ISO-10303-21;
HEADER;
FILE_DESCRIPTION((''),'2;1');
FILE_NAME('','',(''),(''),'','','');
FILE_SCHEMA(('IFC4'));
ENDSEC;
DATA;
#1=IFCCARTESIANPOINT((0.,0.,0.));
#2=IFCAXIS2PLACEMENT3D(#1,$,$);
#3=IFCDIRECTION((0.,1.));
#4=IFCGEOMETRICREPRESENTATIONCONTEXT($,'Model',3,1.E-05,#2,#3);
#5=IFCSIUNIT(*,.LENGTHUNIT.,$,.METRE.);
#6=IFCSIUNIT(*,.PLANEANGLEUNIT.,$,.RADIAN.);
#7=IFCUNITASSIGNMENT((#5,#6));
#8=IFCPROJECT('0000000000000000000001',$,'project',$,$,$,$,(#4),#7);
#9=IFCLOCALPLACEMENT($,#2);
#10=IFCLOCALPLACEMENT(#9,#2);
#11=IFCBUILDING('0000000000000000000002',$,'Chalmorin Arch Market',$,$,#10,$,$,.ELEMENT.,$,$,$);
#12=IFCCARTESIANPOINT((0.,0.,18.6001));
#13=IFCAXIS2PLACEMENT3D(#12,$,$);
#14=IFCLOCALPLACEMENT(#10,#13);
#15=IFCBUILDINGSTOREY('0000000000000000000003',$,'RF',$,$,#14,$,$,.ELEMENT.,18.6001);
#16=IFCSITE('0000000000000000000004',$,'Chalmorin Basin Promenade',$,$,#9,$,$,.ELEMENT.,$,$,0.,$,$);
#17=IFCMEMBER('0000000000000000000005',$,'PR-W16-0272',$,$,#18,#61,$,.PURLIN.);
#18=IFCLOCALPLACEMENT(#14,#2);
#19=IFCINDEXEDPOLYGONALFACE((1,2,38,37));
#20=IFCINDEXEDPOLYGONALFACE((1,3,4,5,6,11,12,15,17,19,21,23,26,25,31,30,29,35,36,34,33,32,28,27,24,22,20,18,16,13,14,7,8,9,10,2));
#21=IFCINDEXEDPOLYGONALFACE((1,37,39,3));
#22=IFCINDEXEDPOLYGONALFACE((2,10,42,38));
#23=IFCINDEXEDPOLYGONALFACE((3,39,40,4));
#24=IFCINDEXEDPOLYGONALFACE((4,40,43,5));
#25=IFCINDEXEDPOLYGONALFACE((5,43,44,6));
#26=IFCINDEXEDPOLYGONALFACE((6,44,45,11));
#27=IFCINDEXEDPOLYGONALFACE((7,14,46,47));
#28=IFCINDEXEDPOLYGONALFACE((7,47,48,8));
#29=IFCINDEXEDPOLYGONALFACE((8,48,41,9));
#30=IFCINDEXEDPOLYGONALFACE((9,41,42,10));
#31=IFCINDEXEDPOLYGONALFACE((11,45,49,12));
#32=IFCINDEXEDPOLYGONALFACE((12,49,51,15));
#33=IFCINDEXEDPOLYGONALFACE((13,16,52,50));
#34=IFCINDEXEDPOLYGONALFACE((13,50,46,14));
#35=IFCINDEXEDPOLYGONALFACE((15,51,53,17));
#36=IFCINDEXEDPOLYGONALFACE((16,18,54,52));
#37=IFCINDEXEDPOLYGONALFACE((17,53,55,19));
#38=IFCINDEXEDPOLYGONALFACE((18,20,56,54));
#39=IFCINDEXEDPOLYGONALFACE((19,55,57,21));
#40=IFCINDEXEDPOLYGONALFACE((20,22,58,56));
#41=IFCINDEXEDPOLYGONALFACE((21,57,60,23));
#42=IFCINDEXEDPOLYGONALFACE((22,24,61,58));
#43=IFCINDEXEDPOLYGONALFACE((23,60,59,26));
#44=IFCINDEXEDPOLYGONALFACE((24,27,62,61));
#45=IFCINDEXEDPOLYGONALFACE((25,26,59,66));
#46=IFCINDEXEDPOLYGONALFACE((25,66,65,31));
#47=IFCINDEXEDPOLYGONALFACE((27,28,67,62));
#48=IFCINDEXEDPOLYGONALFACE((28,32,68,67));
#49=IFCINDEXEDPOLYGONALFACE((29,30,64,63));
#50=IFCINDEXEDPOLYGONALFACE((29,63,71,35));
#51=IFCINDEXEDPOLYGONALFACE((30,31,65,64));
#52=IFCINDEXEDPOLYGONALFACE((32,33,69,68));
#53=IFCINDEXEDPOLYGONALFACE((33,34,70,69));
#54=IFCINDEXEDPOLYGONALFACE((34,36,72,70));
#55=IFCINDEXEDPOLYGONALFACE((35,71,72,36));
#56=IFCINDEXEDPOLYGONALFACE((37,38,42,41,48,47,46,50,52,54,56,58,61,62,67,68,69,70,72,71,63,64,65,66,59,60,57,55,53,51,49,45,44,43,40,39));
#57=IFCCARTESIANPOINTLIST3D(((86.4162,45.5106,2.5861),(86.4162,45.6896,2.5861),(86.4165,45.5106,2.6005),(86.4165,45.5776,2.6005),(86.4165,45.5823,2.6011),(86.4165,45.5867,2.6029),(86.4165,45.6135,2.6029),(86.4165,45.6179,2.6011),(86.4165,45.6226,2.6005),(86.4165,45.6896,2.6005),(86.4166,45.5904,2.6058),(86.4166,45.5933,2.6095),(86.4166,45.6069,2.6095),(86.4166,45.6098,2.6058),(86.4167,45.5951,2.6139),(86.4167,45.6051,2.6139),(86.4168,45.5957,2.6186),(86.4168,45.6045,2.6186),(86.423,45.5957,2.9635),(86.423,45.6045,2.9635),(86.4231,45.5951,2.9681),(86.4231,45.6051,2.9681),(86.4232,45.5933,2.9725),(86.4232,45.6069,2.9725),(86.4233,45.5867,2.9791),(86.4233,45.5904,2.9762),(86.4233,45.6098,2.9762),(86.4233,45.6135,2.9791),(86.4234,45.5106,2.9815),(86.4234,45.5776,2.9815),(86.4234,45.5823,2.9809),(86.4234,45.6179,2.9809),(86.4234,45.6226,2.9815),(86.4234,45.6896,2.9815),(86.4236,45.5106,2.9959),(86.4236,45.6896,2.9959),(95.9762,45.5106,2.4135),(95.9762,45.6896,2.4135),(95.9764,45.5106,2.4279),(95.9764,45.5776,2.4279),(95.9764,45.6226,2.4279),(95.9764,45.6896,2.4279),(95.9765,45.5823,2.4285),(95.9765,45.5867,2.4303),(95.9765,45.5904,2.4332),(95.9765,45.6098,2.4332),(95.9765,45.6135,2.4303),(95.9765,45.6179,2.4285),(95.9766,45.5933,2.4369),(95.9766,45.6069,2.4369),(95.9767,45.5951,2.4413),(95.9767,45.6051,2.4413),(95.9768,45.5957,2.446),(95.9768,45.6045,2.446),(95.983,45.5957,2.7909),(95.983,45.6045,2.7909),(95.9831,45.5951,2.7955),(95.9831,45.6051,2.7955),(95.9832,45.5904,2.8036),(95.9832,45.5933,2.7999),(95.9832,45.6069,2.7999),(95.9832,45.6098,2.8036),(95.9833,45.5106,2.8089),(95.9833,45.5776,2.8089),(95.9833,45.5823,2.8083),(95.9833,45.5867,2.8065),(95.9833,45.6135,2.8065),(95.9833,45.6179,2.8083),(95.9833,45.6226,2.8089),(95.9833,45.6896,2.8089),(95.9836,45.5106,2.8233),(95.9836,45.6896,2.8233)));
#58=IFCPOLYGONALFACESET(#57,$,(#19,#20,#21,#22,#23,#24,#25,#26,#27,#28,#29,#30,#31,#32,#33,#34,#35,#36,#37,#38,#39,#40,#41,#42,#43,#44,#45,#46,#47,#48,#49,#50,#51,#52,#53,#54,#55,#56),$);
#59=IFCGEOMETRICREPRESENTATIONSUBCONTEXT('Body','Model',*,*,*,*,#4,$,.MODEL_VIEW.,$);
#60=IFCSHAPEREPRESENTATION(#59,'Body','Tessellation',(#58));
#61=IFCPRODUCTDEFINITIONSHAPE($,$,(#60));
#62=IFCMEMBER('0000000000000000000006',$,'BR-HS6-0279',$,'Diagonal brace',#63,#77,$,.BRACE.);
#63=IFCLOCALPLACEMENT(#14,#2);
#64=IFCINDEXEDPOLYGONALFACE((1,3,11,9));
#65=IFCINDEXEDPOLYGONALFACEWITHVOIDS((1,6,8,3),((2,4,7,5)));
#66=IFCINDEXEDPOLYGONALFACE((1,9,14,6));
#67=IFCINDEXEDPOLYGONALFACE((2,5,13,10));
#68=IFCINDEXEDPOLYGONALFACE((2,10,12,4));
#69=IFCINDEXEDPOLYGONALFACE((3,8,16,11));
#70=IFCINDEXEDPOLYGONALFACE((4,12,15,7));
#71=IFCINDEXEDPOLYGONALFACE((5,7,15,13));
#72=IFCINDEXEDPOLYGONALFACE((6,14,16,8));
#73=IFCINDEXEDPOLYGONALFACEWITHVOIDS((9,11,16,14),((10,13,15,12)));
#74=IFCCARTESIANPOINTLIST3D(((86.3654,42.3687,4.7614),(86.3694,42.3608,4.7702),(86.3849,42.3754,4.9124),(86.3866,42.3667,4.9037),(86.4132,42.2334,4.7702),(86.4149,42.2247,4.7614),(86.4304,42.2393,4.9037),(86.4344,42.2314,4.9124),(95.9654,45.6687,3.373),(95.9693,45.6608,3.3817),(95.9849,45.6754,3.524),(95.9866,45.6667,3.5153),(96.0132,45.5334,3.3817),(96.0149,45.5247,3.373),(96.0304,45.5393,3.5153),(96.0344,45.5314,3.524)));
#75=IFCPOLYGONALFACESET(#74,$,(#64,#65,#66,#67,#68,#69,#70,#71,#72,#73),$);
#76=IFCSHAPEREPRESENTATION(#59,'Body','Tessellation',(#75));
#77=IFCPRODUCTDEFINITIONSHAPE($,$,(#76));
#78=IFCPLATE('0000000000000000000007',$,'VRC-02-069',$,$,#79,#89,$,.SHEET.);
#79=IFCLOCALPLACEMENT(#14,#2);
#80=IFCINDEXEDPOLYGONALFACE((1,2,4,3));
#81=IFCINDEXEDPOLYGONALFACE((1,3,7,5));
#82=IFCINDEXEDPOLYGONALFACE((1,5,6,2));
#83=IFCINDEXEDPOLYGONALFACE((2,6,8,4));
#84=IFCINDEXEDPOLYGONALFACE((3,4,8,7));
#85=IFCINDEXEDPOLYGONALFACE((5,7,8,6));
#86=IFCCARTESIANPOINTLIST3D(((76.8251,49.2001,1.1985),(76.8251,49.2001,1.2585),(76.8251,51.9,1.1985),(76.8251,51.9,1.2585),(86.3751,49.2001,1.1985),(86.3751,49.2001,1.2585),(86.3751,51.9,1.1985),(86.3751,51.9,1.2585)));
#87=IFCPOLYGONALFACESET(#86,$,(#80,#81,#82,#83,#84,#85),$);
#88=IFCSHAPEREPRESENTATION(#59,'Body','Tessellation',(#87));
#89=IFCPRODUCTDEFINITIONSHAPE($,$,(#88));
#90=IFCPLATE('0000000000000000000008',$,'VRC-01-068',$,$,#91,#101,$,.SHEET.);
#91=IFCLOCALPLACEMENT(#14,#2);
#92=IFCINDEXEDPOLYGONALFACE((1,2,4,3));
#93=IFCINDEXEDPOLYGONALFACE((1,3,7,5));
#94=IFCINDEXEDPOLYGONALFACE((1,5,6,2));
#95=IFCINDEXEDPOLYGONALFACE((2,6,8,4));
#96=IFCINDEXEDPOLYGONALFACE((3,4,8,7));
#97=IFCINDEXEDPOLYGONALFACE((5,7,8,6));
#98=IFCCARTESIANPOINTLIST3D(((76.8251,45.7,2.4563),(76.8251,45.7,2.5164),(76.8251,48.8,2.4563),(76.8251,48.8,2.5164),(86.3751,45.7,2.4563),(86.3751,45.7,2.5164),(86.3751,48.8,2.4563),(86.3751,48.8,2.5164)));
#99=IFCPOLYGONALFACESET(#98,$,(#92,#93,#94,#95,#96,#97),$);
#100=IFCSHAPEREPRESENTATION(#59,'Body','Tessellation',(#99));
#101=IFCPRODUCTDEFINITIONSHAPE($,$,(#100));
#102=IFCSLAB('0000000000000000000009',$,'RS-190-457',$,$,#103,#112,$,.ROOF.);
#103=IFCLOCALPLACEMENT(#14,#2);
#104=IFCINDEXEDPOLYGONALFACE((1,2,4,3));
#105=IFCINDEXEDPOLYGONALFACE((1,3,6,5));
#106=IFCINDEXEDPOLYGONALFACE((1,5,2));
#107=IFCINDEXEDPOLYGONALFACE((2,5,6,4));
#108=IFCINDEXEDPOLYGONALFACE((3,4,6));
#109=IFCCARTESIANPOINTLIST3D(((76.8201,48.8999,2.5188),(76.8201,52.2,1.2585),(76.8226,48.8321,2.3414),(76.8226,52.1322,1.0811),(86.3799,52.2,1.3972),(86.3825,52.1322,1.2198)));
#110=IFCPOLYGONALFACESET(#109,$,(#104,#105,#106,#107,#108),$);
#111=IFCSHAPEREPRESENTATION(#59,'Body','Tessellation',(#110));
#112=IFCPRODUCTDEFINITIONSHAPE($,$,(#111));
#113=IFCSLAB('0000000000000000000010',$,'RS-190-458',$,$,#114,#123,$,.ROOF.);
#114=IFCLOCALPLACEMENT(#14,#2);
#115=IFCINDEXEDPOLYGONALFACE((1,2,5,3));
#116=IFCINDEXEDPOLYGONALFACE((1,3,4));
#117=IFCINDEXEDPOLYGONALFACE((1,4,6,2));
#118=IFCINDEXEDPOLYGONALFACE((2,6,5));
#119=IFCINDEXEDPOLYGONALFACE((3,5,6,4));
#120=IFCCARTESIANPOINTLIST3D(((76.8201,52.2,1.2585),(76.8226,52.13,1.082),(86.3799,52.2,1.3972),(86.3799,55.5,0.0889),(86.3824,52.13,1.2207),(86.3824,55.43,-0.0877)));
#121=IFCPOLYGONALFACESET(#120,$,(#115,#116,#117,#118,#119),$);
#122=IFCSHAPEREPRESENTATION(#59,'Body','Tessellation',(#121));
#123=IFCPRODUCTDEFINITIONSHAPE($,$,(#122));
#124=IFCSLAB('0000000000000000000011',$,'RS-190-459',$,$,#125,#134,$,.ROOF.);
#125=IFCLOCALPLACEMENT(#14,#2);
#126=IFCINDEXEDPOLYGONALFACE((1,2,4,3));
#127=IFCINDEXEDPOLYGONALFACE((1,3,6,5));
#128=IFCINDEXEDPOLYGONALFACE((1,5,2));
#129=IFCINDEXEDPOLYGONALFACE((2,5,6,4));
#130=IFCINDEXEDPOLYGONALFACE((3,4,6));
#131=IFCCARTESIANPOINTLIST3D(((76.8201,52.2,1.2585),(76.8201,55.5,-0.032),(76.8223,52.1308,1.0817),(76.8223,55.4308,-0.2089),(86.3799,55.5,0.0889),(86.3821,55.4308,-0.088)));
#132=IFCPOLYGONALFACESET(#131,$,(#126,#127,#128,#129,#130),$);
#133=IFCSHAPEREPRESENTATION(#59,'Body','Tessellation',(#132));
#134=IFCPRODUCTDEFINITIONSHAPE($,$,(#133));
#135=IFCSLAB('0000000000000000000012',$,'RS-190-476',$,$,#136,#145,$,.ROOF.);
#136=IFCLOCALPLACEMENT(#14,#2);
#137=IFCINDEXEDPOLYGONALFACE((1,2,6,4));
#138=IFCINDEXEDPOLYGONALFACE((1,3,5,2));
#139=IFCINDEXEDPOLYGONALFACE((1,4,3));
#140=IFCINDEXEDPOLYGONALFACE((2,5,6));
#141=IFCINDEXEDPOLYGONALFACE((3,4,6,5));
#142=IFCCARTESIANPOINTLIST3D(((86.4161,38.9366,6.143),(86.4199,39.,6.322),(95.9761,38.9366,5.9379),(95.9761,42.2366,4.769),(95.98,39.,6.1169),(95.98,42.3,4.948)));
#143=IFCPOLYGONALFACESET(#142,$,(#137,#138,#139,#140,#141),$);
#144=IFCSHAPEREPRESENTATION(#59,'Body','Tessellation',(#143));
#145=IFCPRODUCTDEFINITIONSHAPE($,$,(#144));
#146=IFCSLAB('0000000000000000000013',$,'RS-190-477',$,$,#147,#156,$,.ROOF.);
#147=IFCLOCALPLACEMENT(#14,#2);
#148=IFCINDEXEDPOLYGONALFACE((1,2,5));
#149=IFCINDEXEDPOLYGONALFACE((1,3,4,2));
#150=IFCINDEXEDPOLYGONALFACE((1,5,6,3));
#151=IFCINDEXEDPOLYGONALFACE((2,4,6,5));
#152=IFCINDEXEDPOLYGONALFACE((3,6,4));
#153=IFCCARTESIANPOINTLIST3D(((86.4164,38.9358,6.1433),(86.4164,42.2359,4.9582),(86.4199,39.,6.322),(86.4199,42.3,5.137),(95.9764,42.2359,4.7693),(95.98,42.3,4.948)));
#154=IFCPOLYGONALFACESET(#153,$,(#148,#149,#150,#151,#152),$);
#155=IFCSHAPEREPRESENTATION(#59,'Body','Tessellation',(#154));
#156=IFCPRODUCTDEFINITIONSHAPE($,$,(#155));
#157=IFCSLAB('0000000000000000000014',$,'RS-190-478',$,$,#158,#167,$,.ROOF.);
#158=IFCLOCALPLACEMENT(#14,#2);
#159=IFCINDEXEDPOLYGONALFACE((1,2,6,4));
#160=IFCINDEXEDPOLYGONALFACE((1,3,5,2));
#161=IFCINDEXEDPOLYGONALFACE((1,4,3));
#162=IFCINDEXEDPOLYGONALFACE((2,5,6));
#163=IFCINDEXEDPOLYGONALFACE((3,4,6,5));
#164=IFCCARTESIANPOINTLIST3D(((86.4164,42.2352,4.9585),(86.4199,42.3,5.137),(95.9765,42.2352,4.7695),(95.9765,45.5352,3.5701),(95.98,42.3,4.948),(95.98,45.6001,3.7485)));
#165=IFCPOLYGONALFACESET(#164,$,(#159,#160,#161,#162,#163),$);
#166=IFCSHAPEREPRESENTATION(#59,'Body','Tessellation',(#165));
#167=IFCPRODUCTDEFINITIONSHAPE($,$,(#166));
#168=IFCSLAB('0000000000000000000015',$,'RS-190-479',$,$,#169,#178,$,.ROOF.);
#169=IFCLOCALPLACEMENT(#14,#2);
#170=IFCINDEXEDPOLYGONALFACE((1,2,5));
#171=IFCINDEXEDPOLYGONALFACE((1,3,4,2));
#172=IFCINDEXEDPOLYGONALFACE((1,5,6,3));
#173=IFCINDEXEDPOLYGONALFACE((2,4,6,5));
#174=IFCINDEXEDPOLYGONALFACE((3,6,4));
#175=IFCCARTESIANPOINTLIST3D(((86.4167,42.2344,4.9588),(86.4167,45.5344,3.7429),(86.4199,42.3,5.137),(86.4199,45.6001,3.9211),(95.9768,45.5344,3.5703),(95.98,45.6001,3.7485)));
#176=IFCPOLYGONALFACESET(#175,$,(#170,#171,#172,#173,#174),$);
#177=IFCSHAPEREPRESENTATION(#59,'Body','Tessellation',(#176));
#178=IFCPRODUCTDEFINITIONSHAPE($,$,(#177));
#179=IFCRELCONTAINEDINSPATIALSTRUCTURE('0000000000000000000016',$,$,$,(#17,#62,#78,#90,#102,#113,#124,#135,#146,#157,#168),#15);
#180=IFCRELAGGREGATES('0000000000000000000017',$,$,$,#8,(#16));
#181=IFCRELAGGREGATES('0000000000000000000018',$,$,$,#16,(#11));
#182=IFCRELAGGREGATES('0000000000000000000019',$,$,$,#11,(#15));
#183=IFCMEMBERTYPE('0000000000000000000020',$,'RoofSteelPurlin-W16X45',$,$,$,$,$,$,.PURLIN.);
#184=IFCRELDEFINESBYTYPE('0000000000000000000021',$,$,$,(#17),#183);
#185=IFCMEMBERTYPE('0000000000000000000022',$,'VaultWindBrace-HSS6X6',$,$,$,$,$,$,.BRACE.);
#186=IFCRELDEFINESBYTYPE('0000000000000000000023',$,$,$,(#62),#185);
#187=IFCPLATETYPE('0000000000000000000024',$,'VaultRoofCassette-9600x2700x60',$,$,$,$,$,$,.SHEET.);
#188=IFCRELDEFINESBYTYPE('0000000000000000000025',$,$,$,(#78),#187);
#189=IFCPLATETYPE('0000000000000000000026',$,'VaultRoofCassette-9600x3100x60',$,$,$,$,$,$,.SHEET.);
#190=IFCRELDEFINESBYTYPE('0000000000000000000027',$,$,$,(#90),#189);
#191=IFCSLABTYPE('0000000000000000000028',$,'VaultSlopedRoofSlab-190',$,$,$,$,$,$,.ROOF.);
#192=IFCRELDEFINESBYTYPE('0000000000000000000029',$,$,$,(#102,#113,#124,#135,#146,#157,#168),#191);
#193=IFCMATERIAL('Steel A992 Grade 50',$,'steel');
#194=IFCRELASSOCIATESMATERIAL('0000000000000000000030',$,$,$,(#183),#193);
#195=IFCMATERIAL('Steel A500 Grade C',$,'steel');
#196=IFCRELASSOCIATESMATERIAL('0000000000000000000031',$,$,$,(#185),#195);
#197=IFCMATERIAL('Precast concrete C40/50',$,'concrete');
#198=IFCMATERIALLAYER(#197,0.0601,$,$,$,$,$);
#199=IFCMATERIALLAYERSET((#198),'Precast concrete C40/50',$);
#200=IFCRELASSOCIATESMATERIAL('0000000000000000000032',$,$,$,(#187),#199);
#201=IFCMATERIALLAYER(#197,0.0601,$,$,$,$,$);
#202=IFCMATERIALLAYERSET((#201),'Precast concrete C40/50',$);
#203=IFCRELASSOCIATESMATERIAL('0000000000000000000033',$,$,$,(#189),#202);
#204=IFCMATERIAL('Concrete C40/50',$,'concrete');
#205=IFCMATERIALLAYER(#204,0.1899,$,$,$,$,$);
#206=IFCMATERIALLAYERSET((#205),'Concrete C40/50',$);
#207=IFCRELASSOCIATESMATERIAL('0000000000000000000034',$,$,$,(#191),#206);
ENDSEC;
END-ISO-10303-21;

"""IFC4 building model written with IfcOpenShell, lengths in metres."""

from ifc_helpers import new_model, si_unit, direction, frame, origin, origin_2d, place, context, subcontext, project, spatial, polyline, rectangle, hollow_rectangle, i_section, outline, extrude, material, layer, layer_set, material_profile, profile_set, type_object, element, save


model = new_model("IFC4")

# Units and contexts
model_context = context("Model", 3, precision=1e-05, world=origin(), true_north=direction((0.0, 1.0)))
body_context = subcontext(model_context, "Body", "Model", "MODEL_VIEW")
ifc_project = project(units=[si_unit("LENGTHUNIT", "METRE"), si_unit("PLANEANGLEUNIT", "RADIAN")], contexts=[model_context])

# Site, building, storey
site_placement = place(None, origin())
site = spatial("IfcSite", under=ifc_project, at=site_placement, Name="Chalmorin Basin Promenade", CompositionType="ELEMENT", RefElevation=0.0)
building_placement = place(site_placement, origin())
building = spatial("IfcBuilding", under=site, at=building_placement, Name="Chalmorin Arch Market", CompositionType="ELEMENT")
storey_placement = place(building_placement, frame((0.0, 0.0, 18.6001)))
storey = spatial("IfcBuildingStorey", under=building, at=storey_placement, Name="RF", CompositionType="ELEMENT", Elevation=18.6001)

# Shared definitions
ifc_material_1 = material(Name="Steel A500 Grade C", Category="steel")

# Members
ifc_material_2 = material(Name="Steel A992 Grade 50", Category="steel")
ifc_material_profile_1 = material_profile(ifc_material_2, i_section(OverallWidth=0.179, OverallDepth=0.4099, WebThickness=0.0088, FlangeThickness=0.0144, FilletRadius=0.0181, at=origin_2d()), Name="W16X45")
ifc_profile_set_1 = profile_set([ifc_material_profile_1], Name="Steel A992 Grade 50")
member_type_1 = type_object("IfcMemberType", Name="RoofSteelPurlin-W16X45", PredefinedType="PURLIN", material=ifc_profile_set_1)
member_1_placement = place(storey_placement, frame((86.4199, 45.6001, 2.791), z_axis=(0.999837, 0.0, -0.018052), x_axis=(0.0, 1.0, 0.0)))
element("IfcMember", 1, at=member_1_placement, inside=storey, type_object=member_type_1, Name="PR-W16-0272", PredefinedType="PURLIN", context=body_context, shape_type="SweptSolid", body=[
    extrude(i_section(OverallWidth=0.179, OverallDepth=0.4099, WebThickness=0.0088, FlangeThickness=0.0144, FilletRadius=0.0181, at=origin_2d()), origin(), (0.0, 0.0, 1.0), 9.5615),
])
ifc_material_profile_2 = material_profile(ifc_material_1, hollow_rectangle(XDim=0.1523, YDim=0.1523, WallThickness=0.0088, at=origin_2d()), Name="HSS6X6X3/8")
ifc_profile_set_2 = profile_set([ifc_material_profile_2], Name="Steel A500 Grade C")
member_type_2 = type_object("IfcMemberType", Name="VaultWindBrace-HSS6X6", PredefinedType="BRACE", material=ifc_profile_set_2)
member_2_placement = place(storey_placement, frame((86.3999, 42.3, 4.8369), z_axis=(0.936963, 0.322083, -0.13551), x_axis=(-0.325081, 0.945686, 0.0)))
element("IfcMember", 2, at=member_2_placement, inside=storey, type_object=member_type_2, Name="BR-HS6-0279", ObjectType="Diagonal brace", PredefinedType="BRACE", context=body_context, shape_type="SweptSolid", body=[
    extrude(hollow_rectangle(XDim=0.1523, YDim=0.1523, WallThickness=0.0088, at=origin_2d()), origin(), (0.0, 0.0, 1.0), 10.2458),
])

# Plates
ifc_material_3 = material(Name="Precast concrete C40/50", Category="concrete")
ifc_layer_1 = layer(ifc_material_3, 0.0601)
ifc_layer_set_1 = layer_set([ifc_layer_1], Name="Precast concrete C40/50")
plate_type_1 = type_object("IfcPlateType", Name="VaultRoofCassette-9600x2700x60", PredefinedType="SHEET", material=ifc_layer_set_1)
plate_1_placement = place(storey_placement, frame((81.6001, 50.55, 1.1985), z_axis=(0.0, 0.0, 1.0), x_axis=(1.0, 0.0, 0.0)))
element("IfcPlate", 3, at=plate_1_placement, inside=storey, type_object=plate_type_1, Name="VRC-02-069", PredefinedType="SHEET", context=body_context, shape_type="SweptSolid", body=[
    extrude(rectangle(XDim=9.55, YDim=2.7, at=origin_2d()), origin(), (0.0, 0.0, 1.0), 0.0601),
])
ifc_layer_2 = layer(ifc_material_3, 0.0601)
ifc_layer_set_2 = layer_set([ifc_layer_2], Name="Precast concrete C40/50")
plate_type_2 = type_object("IfcPlateType", Name="VaultRoofCassette-9600x3100x60", PredefinedType="SHEET", material=ifc_layer_set_2)
plate_2_placement = place(storey_placement, frame((81.6001, 47.25, 2.4563), z_axis=(0.0, 0.0, 1.0), x_axis=(1.0, 0.0, 0.0)))
element("IfcPlate", 4, at=plate_2_placement, inside=storey, type_object=plate_type_2, Name="VRC-01-068", PredefinedType="SHEET", context=body_context, shape_type="SweptSolid", body=[
    extrude(rectangle(XDim=9.55, YDim=3.1001, at=origin_2d()), origin(), (0.0, 0.0, 1.0), 0.0601),
])

# Slabs
ifc_material_4 = material(Name="Concrete C40/50", Category="concrete")
ifc_layer_3 = layer(ifc_material_4, 0.1899)
ifc_layer_set_3 = layer_set([ifc_layer_3], Name="Concrete C40/50")
slab_type = type_object("IfcSlabType", Name="VaultSlopedRoofSlab-190", PredefinedType="ROOF", material=ifc_layer_set_3)
slab_1_placement = place(storey_placement, frame((76.8201, 48.8999, 2.5188), z_axis=(-0.01355, 0.356727, 0.93411), x_axis=(0.939505, 0.324317, -0.110225)))
element("IfcSlab", 5, at=slab_1_placement, inside=storey, type_object=slab_type, Name="RS-190-457", PredefinedType="ROOF", context=body_context, shape_type="SweptSolid", body=[
    extrude(outline(polyline([(0.0, 0.0), (10.1754, 0.0), (1.2092, 3.3191), (0.0, 0.0)])), origin(), (0.0, 0.0, -1.0), 0.1899),
])
slab_2_placement = place(storey_placement, frame((76.8201, 52.2, 1.2585), z_axis=(-0.013483, 0.368522, 0.929521), x_axis=(0.999895, 0.0, 0.014504)))
element("IfcSlab", 6, at=slab_2_placement, inside=storey, type_object=slab_type, Name="RS-190-458", PredefinedType="ROOF", context=body_context, shape_type="SweptSolid", body=[
    extrude(outline(polyline([(0.0, 0.0), (9.5608, 0.0), (9.5418, 3.5499), (0.0, 0.0)])), origin(), (0.0, 0.0, -1.0), 0.1899),
])
slab_3_placement = place(storey_placement, frame((76.8201, 52.2, 1.2585), z_axis=(-0.011772, 0.364179, 0.931254), x_axis=(0.939005, 0.324145, -0.114891)))
element("IfcSlab", 7, at=slab_3_placement, inside=storey, type_object=slab_type, Name="RS-190-459", PredefinedType="ROOF", context=body_context, shape_type="SweptSolid", body=[
    extrude(outline(polyline([(0.0, 0.0), (10.1808, 0.0), (1.218, 3.3275), (0.0, 0.0)])), origin(), (0.0, 0.0, -1.0), 0.1899),
])
slab_4_placement = place(storey_placement, frame((86.4199, 39.0, 6.322), z_axis=(0.020216, 0.333824, 0.942419), x_axis=(0.99977, 0.0, -0.021447)))
element("IfcSlab", 8, at=slab_4_placement, inside=storey, type_object=slab_type, Name="RS-190-476", PredefinedType="ROOF", context=body_context, shape_type="SweptSolid", body=[
    extrude(outline(polyline([(0.0, 0.0), (9.5623, 0.0), (9.5873, 3.5009), (0.0, 0.0)])), origin(), (0.0, 0.0, -1.0), 0.1899),
])
slab_5_placement = place(storey_placement, frame((86.4199, 39.0, 6.322), z_axis=(0.0186, 0.337914, 0.940993), x_axis=(0.936662, 0.323328, -0.134622)))
element("IfcSlab", 9, at=slab_5_placement, inside=storey, type_object=slab_type, Name="RS-190-477", PredefinedType="ROOF", context=body_context, shape_type="SweptSolid", body=[
    extrude(outline(polyline([(0.0, 0.0), (10.2065, 0.0), (1.2265, 3.2849), (0.0, 0.0)])), origin(), (0.0, 0.0, -1.0), 0.1899),
])
slab_6_placement = place(storey_placement, frame((86.4199, 42.3, 5.137), z_axis=(0.018574, 0.341545, 0.939682), x_axis=(0.999805, 0.0, -0.019762)))
element("IfcSlab", 10, at=slab_6_placement, inside=storey, type_object=slab_type, Name="RS-190-478", PredefinedType="ROOF", context=body_context, shape_type="SweptSolid", body=[
    extrude(outline(polyline([(0.0, 0.0), (9.5619, 0.0), (9.5856, 3.5112), (0.0, 0.0)])), origin(), (0.0, 0.0, -1.0), 0.1899),
])
slab_7_placement = place(storey_placement, frame((86.4199, 42.3, 5.137), z_axis=(0.016939, 0.345659, 0.938207), x_axis=(0.936483, 0.323266, -0.136007)))
element("IfcSlab", 11, at=slab_7_placement, inside=storey, type_object=slab_type, Name="RS-190-479", PredefinedType="ROOF", context=body_context, shape_type="SweptSolid", body=[
    extrude(outline(polyline([(0.0, 0.0), (10.2085, 0.0), (1.2322, 3.294), (0.0, 0.0)])), origin(), (0.0, 0.0, -1.0), 0.1899),
])

save(model, "model.ifc")
